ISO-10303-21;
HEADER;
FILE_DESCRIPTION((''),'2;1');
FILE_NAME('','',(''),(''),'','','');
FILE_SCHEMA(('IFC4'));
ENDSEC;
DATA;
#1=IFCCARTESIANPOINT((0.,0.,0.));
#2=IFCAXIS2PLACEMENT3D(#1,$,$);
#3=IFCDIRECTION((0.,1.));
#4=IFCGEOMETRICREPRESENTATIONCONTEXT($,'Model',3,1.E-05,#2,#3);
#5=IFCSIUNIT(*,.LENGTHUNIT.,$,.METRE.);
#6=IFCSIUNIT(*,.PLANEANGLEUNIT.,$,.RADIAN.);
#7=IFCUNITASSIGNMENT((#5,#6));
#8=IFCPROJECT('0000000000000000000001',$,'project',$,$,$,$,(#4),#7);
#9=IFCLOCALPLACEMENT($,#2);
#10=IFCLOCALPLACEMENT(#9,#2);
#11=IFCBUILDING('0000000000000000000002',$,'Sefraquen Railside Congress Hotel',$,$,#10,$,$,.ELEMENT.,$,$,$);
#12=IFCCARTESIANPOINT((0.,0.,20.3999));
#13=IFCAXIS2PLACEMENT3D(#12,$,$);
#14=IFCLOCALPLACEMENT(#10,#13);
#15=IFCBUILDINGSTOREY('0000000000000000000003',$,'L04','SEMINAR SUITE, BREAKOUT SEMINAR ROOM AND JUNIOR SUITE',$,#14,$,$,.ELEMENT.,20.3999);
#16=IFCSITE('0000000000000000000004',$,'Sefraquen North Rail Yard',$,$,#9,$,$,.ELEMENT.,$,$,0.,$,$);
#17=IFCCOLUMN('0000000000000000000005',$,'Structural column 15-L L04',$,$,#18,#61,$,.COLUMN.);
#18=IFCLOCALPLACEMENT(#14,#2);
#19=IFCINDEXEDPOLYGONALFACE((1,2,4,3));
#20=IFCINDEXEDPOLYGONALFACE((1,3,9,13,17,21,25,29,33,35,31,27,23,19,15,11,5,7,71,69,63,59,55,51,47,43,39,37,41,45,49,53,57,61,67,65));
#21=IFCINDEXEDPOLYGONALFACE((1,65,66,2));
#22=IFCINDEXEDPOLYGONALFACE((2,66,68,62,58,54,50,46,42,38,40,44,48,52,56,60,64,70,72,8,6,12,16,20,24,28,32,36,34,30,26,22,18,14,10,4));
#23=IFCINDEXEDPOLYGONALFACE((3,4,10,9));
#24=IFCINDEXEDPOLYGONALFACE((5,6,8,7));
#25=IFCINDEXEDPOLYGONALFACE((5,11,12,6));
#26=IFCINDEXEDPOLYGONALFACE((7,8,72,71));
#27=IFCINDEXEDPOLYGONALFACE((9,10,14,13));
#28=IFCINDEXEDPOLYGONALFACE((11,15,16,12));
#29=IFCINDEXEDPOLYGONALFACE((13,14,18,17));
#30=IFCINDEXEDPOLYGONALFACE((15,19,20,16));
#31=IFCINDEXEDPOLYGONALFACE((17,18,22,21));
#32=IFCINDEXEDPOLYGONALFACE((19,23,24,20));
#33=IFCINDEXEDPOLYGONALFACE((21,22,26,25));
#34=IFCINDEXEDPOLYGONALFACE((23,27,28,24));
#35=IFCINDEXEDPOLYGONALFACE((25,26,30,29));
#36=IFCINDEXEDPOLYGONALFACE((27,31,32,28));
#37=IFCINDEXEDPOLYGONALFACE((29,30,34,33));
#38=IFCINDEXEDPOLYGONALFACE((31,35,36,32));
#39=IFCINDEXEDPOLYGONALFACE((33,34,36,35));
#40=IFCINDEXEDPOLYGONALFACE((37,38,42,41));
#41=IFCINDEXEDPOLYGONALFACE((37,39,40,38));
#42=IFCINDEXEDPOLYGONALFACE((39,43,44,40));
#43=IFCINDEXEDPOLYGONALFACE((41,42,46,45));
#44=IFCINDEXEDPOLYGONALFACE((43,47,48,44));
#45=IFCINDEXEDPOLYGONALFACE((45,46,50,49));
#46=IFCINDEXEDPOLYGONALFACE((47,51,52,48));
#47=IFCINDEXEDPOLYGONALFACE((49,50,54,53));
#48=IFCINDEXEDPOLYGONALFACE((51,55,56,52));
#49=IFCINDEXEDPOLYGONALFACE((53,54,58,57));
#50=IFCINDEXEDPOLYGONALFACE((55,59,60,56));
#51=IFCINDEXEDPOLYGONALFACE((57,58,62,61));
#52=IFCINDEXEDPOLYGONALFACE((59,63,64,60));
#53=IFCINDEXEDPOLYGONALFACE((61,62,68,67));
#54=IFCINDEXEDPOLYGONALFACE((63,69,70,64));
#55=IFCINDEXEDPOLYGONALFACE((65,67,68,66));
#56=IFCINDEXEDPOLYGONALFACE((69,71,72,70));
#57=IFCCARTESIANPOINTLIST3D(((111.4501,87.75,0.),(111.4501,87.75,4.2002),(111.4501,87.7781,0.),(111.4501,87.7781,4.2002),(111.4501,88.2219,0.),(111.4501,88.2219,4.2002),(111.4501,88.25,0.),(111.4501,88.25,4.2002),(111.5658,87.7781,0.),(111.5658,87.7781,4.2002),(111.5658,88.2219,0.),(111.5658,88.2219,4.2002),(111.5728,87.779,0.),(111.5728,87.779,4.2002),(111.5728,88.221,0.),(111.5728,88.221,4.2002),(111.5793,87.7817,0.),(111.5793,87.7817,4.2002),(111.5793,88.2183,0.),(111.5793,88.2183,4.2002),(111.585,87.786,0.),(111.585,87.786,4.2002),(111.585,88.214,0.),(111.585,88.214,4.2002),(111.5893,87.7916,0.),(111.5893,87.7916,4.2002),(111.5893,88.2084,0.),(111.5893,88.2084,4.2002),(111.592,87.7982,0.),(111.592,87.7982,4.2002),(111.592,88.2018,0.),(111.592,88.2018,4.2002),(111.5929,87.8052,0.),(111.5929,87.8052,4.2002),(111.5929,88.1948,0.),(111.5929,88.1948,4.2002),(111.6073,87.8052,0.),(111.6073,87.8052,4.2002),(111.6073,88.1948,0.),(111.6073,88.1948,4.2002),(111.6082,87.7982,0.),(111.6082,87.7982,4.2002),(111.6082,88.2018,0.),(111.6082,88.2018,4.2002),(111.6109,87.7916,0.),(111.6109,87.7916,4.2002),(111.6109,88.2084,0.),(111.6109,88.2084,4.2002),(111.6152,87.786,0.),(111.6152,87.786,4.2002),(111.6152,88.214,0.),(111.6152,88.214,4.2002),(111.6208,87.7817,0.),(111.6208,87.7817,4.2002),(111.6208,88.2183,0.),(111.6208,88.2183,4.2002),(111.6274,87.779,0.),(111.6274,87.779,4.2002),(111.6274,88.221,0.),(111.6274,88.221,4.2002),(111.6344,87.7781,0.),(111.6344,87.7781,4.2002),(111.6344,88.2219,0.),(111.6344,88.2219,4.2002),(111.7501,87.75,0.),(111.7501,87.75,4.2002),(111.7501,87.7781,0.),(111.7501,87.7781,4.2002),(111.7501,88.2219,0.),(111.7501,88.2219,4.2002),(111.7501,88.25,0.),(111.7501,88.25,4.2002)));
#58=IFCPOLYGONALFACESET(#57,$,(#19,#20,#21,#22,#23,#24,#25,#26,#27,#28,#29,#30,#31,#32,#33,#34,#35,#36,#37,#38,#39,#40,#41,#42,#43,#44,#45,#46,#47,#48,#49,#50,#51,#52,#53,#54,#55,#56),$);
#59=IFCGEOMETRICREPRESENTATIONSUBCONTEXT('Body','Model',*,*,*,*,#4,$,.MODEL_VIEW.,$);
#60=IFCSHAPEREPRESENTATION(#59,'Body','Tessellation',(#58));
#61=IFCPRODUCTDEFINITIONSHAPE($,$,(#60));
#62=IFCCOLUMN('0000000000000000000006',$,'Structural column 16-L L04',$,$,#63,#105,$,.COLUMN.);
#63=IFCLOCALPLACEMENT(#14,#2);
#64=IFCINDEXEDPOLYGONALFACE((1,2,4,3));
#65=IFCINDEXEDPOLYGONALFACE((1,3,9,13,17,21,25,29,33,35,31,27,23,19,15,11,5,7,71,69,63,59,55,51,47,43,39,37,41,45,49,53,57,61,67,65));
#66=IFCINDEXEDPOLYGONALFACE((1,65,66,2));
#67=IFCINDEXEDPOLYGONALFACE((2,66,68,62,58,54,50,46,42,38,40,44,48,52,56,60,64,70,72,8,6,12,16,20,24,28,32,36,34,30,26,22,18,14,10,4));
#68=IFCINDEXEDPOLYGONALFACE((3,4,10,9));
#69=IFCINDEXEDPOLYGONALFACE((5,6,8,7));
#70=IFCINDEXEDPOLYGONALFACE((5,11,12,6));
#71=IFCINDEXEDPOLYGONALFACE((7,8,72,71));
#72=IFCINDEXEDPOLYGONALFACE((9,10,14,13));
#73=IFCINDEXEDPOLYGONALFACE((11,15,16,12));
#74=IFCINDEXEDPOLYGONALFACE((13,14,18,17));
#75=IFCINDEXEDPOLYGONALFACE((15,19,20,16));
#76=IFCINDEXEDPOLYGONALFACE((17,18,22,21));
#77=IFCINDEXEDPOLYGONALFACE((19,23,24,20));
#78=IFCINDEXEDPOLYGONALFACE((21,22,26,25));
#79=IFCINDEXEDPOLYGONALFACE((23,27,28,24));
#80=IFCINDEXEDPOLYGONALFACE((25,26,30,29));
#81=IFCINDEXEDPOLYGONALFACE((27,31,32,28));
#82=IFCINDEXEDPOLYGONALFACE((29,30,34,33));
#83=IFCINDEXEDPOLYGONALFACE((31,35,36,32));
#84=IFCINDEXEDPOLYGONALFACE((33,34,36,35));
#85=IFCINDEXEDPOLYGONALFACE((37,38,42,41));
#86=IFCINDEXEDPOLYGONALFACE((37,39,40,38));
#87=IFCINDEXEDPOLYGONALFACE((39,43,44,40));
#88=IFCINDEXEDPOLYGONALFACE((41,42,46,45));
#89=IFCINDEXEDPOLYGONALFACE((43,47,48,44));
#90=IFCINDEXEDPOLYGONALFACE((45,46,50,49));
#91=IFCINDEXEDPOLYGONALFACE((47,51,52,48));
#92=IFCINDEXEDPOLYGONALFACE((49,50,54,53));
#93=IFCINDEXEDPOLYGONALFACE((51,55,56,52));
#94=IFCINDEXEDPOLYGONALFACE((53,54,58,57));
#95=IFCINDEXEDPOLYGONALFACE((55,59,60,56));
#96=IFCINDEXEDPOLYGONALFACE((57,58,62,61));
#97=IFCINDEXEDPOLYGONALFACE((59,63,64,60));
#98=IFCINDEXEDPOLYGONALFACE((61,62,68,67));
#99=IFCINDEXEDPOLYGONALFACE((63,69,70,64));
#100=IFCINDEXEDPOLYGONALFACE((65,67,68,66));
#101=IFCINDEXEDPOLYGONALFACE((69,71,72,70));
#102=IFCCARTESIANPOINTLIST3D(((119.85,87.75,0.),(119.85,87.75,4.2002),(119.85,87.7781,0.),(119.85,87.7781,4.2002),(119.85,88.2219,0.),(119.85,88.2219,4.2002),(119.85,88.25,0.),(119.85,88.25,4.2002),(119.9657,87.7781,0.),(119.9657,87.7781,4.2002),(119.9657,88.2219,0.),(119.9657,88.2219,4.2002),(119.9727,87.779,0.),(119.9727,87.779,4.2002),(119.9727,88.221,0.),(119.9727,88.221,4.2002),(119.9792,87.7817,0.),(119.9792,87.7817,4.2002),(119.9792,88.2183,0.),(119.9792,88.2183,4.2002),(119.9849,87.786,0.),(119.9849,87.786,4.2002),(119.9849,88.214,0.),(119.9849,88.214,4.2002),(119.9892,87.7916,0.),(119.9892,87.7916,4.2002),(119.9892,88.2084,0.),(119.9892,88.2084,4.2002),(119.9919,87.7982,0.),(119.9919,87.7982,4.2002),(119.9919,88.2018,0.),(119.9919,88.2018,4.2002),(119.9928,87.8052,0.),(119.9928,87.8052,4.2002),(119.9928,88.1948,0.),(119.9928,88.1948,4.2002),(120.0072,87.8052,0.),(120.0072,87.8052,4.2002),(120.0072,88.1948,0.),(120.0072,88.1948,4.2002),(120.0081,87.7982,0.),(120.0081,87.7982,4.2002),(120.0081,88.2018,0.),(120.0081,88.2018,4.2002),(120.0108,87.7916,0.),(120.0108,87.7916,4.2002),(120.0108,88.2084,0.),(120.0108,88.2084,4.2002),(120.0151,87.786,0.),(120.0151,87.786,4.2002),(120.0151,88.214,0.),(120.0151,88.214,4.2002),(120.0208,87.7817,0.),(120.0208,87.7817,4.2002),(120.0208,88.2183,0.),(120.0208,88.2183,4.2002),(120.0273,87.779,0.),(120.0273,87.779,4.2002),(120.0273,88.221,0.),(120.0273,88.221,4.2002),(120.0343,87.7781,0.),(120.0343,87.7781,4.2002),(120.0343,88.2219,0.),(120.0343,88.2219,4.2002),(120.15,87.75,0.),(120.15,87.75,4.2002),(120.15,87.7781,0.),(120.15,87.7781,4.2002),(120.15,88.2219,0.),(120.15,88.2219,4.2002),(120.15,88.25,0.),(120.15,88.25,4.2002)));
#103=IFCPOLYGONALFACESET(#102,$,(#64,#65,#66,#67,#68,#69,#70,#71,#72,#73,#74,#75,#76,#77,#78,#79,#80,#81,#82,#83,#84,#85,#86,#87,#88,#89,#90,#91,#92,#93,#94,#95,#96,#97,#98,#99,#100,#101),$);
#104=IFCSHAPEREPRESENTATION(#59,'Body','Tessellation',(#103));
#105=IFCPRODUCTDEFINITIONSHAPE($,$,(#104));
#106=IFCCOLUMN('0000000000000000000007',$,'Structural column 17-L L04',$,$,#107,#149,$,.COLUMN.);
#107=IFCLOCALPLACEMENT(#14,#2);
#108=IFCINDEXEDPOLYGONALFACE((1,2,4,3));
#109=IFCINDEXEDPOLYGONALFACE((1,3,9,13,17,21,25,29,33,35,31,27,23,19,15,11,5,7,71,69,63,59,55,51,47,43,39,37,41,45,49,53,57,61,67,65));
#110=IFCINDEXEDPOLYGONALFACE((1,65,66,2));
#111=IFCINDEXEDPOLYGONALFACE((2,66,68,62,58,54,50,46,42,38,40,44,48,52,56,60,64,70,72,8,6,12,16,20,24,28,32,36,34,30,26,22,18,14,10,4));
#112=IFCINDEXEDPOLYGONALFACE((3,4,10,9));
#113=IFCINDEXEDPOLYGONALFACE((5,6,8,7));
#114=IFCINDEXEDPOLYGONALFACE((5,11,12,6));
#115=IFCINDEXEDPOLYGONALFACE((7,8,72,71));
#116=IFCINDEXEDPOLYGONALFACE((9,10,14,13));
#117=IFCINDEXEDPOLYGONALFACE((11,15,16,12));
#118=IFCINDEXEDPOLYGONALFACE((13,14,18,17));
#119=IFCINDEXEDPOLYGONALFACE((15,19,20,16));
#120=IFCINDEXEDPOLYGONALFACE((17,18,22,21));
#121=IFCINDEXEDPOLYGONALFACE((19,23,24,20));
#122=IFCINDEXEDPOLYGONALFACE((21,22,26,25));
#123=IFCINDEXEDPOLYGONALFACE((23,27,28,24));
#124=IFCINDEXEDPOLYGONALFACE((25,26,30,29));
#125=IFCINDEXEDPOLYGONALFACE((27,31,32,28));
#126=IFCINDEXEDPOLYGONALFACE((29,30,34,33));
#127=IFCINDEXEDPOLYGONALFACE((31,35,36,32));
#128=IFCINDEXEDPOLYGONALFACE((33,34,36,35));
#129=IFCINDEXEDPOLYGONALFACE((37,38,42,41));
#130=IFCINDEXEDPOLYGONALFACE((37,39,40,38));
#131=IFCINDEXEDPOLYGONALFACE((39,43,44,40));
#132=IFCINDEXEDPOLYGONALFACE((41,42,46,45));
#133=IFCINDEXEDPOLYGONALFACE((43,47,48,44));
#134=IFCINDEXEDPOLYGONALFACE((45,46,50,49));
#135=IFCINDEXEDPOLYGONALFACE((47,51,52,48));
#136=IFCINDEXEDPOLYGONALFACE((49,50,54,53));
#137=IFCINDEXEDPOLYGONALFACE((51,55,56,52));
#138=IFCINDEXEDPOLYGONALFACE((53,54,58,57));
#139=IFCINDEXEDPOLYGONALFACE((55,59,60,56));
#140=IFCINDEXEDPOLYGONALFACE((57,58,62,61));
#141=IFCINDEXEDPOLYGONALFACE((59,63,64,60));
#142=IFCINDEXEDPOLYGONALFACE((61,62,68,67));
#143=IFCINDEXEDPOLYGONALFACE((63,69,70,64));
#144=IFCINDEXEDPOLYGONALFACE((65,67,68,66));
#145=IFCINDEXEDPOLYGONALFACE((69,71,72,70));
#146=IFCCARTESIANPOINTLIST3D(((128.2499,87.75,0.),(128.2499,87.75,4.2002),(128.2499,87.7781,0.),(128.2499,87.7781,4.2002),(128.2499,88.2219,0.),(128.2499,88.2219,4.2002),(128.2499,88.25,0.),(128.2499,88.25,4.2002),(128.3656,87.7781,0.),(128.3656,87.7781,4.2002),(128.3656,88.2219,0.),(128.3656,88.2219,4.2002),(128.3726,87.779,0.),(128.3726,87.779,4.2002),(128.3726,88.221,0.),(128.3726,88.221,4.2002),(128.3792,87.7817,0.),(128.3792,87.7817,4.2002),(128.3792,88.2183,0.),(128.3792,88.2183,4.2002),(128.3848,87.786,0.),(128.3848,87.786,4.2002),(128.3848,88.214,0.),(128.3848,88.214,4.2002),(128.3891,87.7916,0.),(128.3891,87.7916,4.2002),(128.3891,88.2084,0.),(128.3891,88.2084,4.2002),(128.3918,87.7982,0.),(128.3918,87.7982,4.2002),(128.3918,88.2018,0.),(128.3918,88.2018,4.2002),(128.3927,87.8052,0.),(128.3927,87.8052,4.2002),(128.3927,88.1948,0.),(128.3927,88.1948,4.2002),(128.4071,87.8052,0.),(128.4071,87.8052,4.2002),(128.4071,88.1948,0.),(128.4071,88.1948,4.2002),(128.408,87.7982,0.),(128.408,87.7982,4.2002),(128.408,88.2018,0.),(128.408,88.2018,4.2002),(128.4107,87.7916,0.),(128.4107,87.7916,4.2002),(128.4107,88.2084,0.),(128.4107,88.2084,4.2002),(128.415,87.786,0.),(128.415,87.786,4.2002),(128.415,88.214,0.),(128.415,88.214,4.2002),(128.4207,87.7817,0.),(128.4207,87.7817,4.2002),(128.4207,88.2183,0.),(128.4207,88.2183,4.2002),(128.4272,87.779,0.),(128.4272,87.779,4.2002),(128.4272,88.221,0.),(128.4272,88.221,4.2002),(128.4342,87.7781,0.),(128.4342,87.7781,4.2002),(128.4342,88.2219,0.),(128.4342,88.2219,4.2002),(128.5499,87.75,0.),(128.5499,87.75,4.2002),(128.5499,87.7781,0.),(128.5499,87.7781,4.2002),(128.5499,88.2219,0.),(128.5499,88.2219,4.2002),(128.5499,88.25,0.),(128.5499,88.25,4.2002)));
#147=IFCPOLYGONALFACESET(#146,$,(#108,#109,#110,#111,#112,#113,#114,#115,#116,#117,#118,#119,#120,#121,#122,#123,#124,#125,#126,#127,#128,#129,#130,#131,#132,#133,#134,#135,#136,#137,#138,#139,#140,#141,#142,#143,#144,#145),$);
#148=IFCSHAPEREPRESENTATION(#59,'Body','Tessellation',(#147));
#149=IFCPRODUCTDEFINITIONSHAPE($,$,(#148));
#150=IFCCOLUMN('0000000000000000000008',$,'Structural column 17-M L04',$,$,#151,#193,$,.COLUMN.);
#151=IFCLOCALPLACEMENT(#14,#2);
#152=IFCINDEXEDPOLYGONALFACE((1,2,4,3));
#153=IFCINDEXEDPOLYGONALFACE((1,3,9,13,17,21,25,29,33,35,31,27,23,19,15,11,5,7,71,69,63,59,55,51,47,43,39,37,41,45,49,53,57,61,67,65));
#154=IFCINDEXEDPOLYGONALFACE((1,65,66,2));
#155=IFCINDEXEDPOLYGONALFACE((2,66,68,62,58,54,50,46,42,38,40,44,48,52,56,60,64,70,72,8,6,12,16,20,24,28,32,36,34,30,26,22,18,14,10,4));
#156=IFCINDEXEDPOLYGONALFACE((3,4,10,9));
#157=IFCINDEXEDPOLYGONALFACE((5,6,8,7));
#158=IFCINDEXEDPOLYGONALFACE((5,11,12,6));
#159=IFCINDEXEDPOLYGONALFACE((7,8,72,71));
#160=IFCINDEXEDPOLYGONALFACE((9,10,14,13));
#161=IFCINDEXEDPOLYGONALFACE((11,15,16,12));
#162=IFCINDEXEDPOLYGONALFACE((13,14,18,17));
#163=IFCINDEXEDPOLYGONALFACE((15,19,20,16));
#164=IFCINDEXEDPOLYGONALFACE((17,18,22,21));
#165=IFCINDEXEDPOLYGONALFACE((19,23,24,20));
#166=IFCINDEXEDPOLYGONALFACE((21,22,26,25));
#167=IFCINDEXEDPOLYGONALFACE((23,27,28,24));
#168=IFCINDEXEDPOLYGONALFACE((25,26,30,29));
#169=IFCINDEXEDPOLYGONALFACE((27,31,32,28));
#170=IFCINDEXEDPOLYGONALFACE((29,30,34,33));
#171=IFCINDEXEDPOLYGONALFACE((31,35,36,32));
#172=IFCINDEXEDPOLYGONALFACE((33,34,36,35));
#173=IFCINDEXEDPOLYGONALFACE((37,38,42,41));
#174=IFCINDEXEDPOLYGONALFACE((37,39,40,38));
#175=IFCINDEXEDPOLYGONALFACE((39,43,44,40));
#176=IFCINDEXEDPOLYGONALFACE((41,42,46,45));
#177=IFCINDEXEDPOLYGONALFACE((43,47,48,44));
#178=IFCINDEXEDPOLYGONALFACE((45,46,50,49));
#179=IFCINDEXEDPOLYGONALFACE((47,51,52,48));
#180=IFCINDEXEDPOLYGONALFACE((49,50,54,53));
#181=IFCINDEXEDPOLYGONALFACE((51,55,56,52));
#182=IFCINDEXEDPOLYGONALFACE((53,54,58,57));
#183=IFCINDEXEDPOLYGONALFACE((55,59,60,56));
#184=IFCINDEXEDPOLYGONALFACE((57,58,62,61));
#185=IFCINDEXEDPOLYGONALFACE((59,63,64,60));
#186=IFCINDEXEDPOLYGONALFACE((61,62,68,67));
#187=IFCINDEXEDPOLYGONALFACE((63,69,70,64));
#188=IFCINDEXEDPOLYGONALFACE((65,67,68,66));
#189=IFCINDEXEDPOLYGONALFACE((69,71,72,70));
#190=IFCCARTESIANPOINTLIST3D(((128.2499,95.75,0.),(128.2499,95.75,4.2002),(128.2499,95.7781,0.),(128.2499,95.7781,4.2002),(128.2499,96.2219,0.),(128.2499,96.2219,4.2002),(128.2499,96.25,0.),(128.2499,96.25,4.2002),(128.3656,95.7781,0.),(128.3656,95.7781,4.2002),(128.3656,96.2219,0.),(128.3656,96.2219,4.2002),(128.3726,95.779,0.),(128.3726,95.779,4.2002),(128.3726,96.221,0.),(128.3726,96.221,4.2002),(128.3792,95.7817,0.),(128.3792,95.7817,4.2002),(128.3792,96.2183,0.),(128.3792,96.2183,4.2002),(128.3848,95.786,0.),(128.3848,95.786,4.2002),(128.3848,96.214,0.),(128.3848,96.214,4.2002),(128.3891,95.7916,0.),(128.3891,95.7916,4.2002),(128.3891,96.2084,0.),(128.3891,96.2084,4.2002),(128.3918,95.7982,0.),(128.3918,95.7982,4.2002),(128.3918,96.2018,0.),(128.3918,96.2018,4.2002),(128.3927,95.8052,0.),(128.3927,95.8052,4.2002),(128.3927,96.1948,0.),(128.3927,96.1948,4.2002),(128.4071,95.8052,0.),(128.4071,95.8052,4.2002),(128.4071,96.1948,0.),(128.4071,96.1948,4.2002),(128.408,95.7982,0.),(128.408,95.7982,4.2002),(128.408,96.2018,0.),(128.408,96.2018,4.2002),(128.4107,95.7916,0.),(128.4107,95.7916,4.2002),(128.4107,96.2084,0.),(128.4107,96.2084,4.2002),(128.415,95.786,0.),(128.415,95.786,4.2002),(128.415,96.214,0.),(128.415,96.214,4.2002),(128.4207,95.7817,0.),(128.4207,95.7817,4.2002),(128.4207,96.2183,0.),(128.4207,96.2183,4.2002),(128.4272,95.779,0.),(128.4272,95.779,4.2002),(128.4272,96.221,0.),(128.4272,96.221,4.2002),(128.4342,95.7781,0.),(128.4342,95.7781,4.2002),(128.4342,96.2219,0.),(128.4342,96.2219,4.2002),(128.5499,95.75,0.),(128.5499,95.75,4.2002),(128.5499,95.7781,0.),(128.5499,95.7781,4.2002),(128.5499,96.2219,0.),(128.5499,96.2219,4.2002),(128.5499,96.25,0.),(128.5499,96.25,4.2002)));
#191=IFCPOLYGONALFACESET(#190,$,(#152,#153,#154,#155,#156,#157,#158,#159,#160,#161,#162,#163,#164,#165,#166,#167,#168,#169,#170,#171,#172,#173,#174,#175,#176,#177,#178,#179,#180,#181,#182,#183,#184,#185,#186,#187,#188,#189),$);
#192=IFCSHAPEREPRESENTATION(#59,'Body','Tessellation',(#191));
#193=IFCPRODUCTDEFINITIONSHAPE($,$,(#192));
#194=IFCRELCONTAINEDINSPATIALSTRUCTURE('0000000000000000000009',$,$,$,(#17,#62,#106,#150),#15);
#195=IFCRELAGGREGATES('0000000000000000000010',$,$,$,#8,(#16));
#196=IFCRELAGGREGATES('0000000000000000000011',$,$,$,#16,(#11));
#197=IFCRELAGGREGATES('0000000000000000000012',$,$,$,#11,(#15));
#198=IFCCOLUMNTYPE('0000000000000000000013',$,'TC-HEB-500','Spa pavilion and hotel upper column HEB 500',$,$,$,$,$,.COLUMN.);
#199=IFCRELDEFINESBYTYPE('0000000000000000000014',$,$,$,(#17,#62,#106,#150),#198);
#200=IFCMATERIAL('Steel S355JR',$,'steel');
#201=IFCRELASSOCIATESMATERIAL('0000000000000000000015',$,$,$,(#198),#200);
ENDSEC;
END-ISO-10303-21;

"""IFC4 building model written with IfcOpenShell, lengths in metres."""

from ifc_helpers import new_model, si_unit, direction, frame, origin, origin_2d, place, context, subcontext, project, spatial, i_section, extrude, material, material_profile, profile_set, type_object, element, save


model = new_model("IFC4")

# Units and contexts
model_context = context("Model", 3, precision=1e-05, world=origin(), true_north=direction((0.0, 1.0)))
body_context = subcontext(model_context, "Body", "Model", "MODEL_VIEW")
ifc_project = project(units=[si_unit("LENGTHUNIT", "METRE"), si_unit("PLANEANGLEUNIT", "RADIAN")], contexts=[model_context])

# Site, building, storey
site_placement = place(None, origin())
site = spatial("IfcSite", under=ifc_project, at=site_placement, Name="Sefraquen North Rail Yard", CompositionType="ELEMENT", RefElevation=0.0)
building_placement = place(site_placement, origin())
building = spatial("IfcBuilding", under=site, at=building_placement, Name="Sefraquen Railside Congress Hotel", CompositionType="ELEMENT")
storey_placement = place(building_placement, frame((0.0, 0.0, 20.3999)))
storey = spatial("IfcBuildingStorey", under=building, at=storey_placement, Name="L04", Description="SEMINAR SUITE, BREAKOUT SEMINAR ROOM AND JUNIOR SUITE", CompositionType="ELEMENT", Elevation=20.3999)

# Columns
ifc_material_1 = material(Name="Steel S355JR", Category="steel")
ifc_material_profile_1 = material_profile(ifc_material_1, i_section(OverallWidth=0.3, OverallDepth=0.5, WebThickness=0.0144, FlangeThickness=0.0281, FilletRadius=0.0271, at=origin_2d()), Name="HEB 500")
ifc_profile_set_1 = profile_set([ifc_material_profile_1], Name="Steel S355JR")
column_type_1 = type_object("IfcColumnType", Name="TC-HEB-500", Description="Spa pavilion and hotel upper column HEB 500", PredefinedType="COLUMN", material=ifc_profile_set_1)
for number, where, z_axis, x_axis, name in (
    (1, (111.6001, 88.0, 0.0), (0.0, 0.0, 1.0), (1.0, 0.0, 0.0), "Structural column 15-L L04"),
    (2, (120.0, 88.0, 0.0), (0.0, 0.0, 1.0), (1.0, 0.0, 0.0), "Structural column 16-L L04"),
    (3, (128.3999, 88.0, 0.0), (0.0, 0.0, 1.0), (1.0, 0.0, 0.0), "Structural column 17-L L04"),
    (4, (128.3999, 96.0, 0.0), (0.0, 0.0, 1.0), (1.0, 0.0, 0.0), "Structural column 17-M L04"),
):
    element("IfcColumn", number, at=place(storey_placement, frame(where, z_axis=z_axis, x_axis=x_axis)), inside=storey, type_object=column_type_1, Name=name, PredefinedType="COLUMN", context=body_context, shape_type="SweptSolid", body=[
        extrude(i_section(OverallWidth=0.3, OverallDepth=0.5, WebThickness=0.0144, FlangeThickness=0.0281, FilletRadius=0.0271, at=origin_2d()), origin(), (0.0, 0.0, 1.0), 4.2002),
    ])

save(model, "model.ifc")
